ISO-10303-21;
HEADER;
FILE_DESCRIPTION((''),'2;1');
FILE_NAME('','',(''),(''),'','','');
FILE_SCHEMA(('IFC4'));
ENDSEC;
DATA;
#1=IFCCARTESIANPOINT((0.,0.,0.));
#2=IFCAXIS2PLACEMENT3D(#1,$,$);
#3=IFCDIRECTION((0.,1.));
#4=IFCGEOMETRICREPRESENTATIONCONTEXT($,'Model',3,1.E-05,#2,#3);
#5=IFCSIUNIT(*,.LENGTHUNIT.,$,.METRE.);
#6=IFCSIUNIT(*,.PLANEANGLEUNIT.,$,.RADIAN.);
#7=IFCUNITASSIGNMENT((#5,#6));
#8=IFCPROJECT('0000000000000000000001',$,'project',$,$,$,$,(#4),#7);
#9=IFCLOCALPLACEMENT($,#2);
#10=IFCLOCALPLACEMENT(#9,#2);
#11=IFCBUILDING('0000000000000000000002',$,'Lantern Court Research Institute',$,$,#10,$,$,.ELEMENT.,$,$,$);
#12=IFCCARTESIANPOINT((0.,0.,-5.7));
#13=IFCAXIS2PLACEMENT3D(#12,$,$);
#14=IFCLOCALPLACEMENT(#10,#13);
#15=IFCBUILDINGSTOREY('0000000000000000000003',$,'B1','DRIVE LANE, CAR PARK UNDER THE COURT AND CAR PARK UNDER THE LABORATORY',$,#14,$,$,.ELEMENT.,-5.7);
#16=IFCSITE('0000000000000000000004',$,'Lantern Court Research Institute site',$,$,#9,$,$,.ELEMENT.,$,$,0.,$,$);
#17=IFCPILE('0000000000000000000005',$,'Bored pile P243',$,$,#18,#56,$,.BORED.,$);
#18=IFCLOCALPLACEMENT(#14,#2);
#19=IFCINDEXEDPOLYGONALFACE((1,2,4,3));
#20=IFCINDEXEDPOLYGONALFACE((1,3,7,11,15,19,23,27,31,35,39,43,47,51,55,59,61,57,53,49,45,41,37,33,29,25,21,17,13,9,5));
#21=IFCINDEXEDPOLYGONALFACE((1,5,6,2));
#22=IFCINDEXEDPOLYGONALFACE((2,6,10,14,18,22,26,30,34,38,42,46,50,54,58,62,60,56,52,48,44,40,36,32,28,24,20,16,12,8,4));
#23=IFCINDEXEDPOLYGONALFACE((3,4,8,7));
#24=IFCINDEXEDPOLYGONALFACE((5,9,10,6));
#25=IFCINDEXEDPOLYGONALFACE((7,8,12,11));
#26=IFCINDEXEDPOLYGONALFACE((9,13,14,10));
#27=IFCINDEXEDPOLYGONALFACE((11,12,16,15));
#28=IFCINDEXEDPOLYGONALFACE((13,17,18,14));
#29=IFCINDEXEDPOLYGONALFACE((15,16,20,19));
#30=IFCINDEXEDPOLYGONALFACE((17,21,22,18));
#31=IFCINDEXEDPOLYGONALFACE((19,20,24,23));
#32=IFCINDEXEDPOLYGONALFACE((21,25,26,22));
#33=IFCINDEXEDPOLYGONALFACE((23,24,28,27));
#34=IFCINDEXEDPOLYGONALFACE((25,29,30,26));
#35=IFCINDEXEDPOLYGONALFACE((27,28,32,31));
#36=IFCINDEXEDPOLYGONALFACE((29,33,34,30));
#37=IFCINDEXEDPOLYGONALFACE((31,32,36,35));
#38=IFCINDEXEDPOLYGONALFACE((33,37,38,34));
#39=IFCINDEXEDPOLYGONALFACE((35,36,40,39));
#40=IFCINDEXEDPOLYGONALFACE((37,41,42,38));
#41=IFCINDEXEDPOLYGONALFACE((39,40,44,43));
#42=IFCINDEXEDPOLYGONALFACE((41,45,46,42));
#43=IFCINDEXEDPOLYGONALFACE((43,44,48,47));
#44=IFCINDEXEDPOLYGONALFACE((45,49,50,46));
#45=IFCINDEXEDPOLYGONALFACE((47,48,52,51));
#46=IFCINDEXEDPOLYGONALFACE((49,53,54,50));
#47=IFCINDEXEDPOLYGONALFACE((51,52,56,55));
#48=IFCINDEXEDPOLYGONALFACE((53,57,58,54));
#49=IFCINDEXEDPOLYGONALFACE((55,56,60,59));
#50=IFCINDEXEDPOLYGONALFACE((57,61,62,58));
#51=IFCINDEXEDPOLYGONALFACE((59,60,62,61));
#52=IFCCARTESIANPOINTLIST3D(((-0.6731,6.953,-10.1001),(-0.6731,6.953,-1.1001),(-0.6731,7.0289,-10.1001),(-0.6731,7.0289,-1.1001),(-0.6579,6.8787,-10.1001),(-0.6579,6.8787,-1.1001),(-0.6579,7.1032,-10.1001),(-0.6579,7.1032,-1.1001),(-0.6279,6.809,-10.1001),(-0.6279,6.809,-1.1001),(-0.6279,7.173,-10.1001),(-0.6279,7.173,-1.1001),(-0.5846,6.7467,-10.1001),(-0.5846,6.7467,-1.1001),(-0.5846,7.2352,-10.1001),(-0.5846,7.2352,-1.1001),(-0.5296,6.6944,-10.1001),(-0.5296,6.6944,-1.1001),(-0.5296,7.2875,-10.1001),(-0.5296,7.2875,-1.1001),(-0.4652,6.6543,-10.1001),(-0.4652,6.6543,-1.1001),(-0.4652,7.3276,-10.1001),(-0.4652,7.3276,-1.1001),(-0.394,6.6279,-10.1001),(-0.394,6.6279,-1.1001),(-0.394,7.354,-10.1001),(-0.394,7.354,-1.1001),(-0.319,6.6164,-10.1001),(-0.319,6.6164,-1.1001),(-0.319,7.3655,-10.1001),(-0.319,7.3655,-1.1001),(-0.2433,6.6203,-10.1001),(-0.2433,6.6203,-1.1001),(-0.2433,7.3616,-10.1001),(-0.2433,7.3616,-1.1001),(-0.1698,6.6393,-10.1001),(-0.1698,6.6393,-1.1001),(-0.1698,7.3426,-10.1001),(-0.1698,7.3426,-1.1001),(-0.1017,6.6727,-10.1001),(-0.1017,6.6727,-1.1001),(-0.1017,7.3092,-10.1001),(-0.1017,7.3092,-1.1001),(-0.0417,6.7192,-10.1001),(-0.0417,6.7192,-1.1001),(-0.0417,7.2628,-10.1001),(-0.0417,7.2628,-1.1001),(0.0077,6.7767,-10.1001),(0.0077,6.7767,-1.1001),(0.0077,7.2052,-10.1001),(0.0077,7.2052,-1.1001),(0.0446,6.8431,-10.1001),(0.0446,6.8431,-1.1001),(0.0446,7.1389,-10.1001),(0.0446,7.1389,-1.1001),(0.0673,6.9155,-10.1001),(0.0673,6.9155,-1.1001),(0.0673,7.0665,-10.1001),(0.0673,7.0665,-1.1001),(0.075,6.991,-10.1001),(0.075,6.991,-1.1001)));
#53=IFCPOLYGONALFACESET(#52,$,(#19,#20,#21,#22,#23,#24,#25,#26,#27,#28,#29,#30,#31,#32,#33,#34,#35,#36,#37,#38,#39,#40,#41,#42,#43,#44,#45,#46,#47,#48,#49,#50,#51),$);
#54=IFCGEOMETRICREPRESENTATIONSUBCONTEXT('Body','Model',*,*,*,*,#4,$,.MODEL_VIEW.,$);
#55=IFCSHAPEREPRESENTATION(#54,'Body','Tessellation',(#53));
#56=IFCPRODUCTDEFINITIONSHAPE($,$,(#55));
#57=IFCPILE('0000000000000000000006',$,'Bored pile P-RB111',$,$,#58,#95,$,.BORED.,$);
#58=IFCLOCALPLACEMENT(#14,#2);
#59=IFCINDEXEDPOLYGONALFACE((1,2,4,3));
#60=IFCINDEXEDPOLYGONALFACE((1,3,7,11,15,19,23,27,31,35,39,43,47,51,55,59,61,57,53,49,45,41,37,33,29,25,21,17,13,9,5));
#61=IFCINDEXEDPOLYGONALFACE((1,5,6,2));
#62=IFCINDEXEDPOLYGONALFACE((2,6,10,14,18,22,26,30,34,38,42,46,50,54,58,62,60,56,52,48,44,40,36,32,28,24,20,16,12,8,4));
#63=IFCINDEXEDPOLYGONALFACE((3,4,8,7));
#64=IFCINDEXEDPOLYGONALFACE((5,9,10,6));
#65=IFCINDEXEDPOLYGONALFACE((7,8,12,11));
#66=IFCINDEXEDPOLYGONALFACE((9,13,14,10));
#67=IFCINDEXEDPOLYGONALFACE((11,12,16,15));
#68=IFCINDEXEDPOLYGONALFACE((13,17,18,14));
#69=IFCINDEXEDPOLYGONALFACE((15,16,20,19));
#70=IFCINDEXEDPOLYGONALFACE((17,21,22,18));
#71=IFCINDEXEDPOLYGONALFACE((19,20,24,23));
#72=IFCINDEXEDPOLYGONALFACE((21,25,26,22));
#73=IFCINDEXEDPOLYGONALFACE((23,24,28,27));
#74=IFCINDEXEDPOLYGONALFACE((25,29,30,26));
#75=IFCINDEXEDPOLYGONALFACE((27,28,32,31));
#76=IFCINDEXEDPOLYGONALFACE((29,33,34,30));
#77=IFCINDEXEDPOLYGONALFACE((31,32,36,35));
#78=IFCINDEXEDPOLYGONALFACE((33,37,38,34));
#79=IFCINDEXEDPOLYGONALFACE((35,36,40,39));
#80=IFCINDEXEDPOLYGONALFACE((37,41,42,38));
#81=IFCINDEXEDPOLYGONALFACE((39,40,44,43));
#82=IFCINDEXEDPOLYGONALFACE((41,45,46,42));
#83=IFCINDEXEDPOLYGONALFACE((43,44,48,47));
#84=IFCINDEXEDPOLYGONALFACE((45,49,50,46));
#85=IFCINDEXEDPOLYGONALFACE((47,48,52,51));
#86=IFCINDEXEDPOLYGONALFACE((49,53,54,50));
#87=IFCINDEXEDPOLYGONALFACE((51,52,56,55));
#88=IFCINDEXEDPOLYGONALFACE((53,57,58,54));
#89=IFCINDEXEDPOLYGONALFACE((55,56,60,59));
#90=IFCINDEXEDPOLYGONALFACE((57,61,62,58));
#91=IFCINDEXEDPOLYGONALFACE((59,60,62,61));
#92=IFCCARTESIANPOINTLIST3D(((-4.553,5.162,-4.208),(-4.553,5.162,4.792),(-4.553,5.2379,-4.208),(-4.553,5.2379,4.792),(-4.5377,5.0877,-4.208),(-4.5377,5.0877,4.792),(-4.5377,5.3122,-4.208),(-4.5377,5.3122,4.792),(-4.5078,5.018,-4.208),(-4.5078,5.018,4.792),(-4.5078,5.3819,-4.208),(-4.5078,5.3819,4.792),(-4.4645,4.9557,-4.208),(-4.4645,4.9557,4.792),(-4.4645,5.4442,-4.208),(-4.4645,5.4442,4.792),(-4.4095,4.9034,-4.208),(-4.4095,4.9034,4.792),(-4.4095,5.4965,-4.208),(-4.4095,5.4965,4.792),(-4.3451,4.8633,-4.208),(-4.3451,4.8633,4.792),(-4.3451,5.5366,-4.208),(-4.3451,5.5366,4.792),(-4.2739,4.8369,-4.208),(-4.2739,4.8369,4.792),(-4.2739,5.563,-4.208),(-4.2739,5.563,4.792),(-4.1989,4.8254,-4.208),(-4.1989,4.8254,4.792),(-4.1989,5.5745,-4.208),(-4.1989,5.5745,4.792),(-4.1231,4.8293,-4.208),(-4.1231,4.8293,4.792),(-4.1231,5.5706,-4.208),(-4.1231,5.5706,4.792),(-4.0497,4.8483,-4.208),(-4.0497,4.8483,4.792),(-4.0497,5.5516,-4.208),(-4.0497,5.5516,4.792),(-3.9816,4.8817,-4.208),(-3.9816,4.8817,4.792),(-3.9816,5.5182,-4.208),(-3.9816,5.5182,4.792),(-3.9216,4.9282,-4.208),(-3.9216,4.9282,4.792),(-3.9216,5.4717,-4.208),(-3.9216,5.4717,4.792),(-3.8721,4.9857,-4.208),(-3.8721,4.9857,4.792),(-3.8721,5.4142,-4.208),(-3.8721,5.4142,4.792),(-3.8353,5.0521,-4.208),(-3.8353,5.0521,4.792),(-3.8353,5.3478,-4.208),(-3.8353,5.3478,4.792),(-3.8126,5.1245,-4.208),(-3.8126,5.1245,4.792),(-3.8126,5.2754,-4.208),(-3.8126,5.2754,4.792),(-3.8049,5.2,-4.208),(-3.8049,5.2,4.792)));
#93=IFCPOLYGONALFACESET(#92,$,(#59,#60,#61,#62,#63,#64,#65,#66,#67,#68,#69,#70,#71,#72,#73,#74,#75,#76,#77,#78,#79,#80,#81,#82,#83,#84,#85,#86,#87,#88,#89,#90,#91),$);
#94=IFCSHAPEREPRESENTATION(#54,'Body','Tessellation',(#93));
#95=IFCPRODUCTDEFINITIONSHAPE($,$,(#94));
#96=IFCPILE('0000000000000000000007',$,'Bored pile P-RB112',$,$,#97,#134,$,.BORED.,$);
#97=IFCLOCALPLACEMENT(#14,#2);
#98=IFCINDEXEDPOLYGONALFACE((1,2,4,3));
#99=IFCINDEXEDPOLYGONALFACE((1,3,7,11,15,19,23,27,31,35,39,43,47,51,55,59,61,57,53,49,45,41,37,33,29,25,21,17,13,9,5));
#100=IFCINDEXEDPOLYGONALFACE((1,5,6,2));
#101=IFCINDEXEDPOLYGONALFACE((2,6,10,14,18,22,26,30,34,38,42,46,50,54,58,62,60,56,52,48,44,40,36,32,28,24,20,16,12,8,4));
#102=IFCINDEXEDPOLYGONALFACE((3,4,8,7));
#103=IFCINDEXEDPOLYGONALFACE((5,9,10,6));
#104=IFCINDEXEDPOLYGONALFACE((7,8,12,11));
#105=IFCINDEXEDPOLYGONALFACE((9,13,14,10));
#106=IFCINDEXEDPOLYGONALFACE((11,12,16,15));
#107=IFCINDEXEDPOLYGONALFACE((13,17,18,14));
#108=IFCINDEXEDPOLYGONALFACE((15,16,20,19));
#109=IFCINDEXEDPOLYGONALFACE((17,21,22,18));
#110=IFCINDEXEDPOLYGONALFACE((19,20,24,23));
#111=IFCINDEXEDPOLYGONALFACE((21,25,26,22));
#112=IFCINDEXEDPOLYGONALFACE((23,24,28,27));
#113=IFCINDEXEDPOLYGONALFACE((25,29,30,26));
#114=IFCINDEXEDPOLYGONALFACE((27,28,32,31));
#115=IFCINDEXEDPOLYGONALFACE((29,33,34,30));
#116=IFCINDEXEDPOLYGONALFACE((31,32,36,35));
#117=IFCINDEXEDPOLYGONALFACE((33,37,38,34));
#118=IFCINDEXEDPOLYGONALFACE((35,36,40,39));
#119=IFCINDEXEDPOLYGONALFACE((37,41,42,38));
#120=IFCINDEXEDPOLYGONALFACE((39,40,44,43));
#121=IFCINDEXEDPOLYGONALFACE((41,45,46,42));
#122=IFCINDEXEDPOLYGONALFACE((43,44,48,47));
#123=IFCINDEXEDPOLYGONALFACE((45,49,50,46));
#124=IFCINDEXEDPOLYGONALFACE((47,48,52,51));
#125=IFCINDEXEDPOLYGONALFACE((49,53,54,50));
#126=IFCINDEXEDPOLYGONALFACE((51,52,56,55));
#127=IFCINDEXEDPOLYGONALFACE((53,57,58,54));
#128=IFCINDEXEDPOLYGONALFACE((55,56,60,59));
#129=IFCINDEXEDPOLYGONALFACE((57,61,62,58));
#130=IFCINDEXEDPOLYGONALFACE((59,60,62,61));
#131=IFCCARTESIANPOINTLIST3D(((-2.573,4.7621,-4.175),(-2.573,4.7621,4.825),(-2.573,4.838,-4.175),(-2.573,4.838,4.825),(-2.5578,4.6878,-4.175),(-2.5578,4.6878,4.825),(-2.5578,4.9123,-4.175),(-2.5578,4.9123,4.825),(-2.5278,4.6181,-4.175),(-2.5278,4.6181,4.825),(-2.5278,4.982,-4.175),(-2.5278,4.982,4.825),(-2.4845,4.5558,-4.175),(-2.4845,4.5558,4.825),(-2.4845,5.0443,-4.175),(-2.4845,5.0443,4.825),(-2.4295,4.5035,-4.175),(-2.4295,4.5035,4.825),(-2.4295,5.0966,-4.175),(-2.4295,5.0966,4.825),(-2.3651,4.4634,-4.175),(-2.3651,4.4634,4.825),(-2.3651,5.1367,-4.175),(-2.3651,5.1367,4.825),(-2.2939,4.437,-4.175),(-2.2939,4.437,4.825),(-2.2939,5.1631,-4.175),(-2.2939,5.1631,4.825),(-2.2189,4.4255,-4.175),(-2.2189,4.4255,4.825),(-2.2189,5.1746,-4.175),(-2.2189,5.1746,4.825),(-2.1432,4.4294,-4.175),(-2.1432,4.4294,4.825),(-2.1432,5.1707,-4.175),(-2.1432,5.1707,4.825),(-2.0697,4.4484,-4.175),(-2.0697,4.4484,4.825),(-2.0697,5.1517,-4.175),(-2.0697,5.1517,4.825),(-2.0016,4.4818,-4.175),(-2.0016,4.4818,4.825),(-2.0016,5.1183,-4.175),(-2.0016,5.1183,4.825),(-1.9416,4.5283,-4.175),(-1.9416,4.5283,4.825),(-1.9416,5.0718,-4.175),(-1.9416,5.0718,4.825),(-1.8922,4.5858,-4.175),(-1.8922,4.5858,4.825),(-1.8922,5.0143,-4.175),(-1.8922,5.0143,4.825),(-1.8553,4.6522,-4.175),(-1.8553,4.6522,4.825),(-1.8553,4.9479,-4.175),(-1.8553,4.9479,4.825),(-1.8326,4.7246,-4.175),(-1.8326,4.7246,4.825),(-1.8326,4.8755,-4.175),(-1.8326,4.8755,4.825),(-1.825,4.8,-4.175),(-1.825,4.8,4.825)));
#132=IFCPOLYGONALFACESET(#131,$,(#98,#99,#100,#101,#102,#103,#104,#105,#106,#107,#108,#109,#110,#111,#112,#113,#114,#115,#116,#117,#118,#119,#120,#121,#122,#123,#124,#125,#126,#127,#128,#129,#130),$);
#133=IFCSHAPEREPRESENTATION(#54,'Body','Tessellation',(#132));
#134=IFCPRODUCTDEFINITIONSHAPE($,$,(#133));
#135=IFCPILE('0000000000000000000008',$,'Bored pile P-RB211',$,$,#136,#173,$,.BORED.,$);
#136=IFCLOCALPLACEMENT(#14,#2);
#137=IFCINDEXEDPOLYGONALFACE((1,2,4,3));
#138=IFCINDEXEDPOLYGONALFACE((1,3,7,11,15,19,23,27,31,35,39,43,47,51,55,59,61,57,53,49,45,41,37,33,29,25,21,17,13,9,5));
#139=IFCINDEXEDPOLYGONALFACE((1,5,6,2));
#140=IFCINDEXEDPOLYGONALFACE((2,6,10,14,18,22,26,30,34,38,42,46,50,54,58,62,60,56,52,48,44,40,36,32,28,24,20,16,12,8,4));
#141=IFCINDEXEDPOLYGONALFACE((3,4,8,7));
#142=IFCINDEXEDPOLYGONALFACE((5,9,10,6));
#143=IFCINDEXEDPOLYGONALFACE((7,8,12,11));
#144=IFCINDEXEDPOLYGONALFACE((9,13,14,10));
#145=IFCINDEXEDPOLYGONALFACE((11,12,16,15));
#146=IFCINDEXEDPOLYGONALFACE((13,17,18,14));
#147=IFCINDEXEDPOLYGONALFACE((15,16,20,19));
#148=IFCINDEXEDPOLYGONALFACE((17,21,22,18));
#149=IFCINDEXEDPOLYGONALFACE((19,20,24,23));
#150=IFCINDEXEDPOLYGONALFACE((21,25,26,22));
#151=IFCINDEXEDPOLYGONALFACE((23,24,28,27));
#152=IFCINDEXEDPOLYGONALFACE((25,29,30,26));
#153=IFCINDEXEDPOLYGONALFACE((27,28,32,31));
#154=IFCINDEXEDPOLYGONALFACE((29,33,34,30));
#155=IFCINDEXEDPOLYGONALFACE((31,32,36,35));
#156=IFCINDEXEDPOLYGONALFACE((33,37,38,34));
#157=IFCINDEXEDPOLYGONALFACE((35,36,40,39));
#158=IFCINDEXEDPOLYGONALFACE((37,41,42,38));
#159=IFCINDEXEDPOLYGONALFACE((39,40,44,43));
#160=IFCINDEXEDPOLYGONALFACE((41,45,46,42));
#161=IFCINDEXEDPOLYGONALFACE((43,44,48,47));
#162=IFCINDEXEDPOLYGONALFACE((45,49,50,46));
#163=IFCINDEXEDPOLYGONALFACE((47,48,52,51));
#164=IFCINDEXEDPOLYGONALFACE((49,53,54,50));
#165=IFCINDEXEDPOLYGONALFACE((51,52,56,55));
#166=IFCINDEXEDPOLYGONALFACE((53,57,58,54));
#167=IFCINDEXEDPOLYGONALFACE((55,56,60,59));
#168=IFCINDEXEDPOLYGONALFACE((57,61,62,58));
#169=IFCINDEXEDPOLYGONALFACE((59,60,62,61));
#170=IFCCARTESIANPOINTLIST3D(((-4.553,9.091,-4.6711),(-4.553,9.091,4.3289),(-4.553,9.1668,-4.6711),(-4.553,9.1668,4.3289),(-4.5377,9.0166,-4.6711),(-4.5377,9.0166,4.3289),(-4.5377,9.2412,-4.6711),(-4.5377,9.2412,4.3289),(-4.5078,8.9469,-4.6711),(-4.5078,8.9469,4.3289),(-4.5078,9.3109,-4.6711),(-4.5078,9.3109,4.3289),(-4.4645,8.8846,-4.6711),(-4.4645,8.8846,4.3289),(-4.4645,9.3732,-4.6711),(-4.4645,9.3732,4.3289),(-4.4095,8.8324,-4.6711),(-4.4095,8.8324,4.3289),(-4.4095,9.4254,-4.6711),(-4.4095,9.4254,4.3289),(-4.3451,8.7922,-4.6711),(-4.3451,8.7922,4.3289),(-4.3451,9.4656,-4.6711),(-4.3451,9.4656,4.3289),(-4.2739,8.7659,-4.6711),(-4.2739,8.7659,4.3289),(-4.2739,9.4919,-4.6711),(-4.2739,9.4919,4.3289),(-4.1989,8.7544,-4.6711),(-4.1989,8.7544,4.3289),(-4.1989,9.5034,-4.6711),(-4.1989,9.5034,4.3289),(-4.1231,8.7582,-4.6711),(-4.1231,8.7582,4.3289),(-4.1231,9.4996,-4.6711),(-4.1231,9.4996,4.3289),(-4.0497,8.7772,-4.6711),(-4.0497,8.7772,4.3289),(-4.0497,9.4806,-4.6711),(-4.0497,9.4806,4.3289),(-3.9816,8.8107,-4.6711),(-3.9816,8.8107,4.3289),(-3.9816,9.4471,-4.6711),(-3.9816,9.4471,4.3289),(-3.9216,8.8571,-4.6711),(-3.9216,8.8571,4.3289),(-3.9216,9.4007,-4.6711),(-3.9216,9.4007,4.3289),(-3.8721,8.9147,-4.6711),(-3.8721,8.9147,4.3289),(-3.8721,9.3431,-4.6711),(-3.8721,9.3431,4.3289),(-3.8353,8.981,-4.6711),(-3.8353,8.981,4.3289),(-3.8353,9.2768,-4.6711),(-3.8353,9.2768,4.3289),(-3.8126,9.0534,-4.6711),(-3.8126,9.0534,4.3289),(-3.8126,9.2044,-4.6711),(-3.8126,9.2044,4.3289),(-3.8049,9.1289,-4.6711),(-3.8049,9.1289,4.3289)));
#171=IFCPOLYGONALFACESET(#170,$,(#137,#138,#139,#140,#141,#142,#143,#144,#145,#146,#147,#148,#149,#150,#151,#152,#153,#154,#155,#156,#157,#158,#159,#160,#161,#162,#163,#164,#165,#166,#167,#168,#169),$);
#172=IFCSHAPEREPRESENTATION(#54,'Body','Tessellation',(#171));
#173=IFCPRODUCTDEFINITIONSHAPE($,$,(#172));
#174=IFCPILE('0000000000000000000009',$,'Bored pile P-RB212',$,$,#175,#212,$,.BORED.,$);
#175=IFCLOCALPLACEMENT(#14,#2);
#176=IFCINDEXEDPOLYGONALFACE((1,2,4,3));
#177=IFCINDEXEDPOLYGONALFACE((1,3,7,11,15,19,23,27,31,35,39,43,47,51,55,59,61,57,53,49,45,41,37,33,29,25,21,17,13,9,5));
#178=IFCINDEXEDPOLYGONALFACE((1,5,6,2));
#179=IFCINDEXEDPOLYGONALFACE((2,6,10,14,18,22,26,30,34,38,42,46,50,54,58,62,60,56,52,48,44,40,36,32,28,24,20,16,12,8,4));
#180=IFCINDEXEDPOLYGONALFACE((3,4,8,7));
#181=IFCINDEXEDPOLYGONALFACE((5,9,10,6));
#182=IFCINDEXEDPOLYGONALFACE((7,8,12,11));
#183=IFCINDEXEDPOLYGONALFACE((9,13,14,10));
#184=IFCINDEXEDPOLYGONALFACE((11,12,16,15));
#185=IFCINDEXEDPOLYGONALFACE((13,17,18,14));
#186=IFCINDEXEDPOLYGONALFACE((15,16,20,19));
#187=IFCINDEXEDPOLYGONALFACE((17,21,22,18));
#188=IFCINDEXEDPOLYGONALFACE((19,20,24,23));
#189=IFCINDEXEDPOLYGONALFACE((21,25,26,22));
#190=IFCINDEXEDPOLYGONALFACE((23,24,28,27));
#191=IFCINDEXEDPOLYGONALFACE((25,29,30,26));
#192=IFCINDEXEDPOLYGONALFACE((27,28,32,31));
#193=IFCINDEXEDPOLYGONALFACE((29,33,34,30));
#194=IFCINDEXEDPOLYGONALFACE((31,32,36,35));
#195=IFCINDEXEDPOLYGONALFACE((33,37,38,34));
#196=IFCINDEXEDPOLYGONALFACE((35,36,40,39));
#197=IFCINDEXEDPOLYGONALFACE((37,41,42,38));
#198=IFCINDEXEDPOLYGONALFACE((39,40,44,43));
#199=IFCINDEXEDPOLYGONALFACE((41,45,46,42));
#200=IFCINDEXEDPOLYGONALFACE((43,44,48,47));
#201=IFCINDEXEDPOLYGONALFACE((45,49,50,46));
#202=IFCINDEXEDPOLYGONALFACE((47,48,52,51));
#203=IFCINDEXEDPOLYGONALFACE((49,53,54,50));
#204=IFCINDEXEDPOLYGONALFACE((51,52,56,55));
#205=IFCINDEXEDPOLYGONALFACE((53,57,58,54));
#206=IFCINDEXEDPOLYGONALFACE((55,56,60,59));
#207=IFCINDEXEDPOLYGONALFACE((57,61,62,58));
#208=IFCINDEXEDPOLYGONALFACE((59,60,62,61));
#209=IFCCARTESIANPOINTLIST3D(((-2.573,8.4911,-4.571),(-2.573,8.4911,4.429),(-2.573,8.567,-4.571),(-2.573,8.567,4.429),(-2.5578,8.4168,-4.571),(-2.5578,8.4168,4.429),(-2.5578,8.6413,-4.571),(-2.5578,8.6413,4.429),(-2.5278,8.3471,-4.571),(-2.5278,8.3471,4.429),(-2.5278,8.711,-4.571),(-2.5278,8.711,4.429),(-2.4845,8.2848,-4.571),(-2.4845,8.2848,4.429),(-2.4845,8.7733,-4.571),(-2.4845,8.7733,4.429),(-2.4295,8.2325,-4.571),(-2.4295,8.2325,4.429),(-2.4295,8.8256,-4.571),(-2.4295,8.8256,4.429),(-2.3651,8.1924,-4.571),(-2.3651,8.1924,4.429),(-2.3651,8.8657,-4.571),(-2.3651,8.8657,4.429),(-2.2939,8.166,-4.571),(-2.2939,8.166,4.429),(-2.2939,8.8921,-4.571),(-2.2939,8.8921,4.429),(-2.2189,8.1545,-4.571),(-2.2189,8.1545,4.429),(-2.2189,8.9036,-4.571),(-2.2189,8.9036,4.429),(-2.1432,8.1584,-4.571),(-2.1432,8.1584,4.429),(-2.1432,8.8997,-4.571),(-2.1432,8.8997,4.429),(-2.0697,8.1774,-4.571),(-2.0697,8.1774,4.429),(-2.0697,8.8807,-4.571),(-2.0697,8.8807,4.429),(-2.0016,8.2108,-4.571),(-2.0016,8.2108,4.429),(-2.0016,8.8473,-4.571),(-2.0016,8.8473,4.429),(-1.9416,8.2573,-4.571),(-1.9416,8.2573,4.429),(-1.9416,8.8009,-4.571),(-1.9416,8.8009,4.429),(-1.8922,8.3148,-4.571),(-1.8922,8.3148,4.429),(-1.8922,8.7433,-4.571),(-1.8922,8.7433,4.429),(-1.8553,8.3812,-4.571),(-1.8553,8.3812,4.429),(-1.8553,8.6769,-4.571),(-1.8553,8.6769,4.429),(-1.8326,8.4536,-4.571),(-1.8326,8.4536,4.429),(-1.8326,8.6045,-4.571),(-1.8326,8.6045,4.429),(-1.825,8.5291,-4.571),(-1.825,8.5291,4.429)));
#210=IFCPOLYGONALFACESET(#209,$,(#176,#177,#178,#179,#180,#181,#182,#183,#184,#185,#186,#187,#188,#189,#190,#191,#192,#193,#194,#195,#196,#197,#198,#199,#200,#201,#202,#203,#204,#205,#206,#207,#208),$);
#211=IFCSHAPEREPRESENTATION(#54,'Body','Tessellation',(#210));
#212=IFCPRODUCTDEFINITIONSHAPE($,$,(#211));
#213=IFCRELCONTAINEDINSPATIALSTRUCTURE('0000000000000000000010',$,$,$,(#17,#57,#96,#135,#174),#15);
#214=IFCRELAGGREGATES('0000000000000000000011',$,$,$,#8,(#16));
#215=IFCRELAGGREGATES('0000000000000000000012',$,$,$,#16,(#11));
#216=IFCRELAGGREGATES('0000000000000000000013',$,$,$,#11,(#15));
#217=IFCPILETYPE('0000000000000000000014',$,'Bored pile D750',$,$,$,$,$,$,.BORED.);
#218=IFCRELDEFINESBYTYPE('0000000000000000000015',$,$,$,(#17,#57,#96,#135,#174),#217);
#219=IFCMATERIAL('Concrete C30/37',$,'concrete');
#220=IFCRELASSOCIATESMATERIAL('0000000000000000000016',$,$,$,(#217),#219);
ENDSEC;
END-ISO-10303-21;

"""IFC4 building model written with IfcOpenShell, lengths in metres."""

from ifc_helpers import new_model, si_unit, direction, frame, origin, origin_2d, place, context, subcontext, project, spatial, circle, extrude, material, material_profile, profile_set, type_object, element, save


model = new_model("IFC4")

# Units and contexts
model_context = context("Model", 3, precision=1e-05, world=origin(), true_north=direction((0.0, 1.0)))
body_context = subcontext(model_context, "Body", "Model", "MODEL_VIEW")
ifc_project = project(units=[si_unit("LENGTHUNIT", "METRE"), si_unit("PLANEANGLEUNIT", "RADIAN")], contexts=[model_context])

# Site, building, storey
site_placement = place(None, origin())
site = spatial("IfcSite", under=ifc_project, at=site_placement, Name="Lantern Court Research Institute site", CompositionType="ELEMENT", RefElevation=0.0)
building_placement = place(site_placement, origin())
building = spatial("IfcBuilding", under=site, at=building_placement, Name="Lantern Court Research Institute", CompositionType="ELEMENT")
storey_placement = place(building_placement, frame((0.0, 0.0, -5.7)))
storey = spatial("IfcBuildingStorey", under=building, at=storey_placement, Name="B1", Description="DRIVE LANE, CAR PARK UNDER THE COURT AND CAR PARK UNDER THE LABORATORY", CompositionType="ELEMENT", Elevation=-5.7)

# Piles
ifc_material_1 = material(Name="Concrete C30/37", Category="concrete")
ifc_material_profile_1 = material_profile(ifc_material_1, circle(Radius=0.375, at=origin_2d()), Name="Bored pile D750")
ifc_profile_set_1 = profile_set([ifc_material_profile_1], Name="Concrete C30/37")
pile_type_1 = type_object("IfcPileType", Name="Bored pile D750", PredefinedType="BORED", material=ifc_profile_set_1)
for number, where, z_axis, x_axis, name in (
    (1, (-0.3, 6.991, -1.1001), (0.0, 0.0, -1.0), (1.0, 0.0, 0.0), "Bored pile P243"),
    (2, (-4.1799, 5.2, 4.792), (0.0, 0.0, -1.0), (1.0, 0.0, 0.0), "Bored pile P-RB111"),
    (3, (-2.2, 4.8, 4.825), (0.0, 0.0, -1.0), (1.0, 0.0, 0.0), "Bored pile P-RB112"),
    (4, (-4.1799, 9.1289, 4.3289), (0.0, 0.0, -1.0), (1.0, 0.0, 0.0), "Bored pile P-RB211"),
    (5, (-2.2, 8.5291, 4.429), (0.0, 0.0, -1.0), (1.0, 0.0, 0.0), "Bored pile P-RB212"),
):
    element("IfcPile", number, at=place(storey_placement, frame(where, z_axis=z_axis, x_axis=x_axis)), inside=storey, type_object=pile_type_1, Name=name, PredefinedType="BORED", context=body_context, shape_type="SweptSolid", body=[
        extrude(circle(Radius=0.375, at=origin_2d()), origin(), (0.0, 0.0, 1.0), 9.0),
    ])

save(model, "model.ifc")
